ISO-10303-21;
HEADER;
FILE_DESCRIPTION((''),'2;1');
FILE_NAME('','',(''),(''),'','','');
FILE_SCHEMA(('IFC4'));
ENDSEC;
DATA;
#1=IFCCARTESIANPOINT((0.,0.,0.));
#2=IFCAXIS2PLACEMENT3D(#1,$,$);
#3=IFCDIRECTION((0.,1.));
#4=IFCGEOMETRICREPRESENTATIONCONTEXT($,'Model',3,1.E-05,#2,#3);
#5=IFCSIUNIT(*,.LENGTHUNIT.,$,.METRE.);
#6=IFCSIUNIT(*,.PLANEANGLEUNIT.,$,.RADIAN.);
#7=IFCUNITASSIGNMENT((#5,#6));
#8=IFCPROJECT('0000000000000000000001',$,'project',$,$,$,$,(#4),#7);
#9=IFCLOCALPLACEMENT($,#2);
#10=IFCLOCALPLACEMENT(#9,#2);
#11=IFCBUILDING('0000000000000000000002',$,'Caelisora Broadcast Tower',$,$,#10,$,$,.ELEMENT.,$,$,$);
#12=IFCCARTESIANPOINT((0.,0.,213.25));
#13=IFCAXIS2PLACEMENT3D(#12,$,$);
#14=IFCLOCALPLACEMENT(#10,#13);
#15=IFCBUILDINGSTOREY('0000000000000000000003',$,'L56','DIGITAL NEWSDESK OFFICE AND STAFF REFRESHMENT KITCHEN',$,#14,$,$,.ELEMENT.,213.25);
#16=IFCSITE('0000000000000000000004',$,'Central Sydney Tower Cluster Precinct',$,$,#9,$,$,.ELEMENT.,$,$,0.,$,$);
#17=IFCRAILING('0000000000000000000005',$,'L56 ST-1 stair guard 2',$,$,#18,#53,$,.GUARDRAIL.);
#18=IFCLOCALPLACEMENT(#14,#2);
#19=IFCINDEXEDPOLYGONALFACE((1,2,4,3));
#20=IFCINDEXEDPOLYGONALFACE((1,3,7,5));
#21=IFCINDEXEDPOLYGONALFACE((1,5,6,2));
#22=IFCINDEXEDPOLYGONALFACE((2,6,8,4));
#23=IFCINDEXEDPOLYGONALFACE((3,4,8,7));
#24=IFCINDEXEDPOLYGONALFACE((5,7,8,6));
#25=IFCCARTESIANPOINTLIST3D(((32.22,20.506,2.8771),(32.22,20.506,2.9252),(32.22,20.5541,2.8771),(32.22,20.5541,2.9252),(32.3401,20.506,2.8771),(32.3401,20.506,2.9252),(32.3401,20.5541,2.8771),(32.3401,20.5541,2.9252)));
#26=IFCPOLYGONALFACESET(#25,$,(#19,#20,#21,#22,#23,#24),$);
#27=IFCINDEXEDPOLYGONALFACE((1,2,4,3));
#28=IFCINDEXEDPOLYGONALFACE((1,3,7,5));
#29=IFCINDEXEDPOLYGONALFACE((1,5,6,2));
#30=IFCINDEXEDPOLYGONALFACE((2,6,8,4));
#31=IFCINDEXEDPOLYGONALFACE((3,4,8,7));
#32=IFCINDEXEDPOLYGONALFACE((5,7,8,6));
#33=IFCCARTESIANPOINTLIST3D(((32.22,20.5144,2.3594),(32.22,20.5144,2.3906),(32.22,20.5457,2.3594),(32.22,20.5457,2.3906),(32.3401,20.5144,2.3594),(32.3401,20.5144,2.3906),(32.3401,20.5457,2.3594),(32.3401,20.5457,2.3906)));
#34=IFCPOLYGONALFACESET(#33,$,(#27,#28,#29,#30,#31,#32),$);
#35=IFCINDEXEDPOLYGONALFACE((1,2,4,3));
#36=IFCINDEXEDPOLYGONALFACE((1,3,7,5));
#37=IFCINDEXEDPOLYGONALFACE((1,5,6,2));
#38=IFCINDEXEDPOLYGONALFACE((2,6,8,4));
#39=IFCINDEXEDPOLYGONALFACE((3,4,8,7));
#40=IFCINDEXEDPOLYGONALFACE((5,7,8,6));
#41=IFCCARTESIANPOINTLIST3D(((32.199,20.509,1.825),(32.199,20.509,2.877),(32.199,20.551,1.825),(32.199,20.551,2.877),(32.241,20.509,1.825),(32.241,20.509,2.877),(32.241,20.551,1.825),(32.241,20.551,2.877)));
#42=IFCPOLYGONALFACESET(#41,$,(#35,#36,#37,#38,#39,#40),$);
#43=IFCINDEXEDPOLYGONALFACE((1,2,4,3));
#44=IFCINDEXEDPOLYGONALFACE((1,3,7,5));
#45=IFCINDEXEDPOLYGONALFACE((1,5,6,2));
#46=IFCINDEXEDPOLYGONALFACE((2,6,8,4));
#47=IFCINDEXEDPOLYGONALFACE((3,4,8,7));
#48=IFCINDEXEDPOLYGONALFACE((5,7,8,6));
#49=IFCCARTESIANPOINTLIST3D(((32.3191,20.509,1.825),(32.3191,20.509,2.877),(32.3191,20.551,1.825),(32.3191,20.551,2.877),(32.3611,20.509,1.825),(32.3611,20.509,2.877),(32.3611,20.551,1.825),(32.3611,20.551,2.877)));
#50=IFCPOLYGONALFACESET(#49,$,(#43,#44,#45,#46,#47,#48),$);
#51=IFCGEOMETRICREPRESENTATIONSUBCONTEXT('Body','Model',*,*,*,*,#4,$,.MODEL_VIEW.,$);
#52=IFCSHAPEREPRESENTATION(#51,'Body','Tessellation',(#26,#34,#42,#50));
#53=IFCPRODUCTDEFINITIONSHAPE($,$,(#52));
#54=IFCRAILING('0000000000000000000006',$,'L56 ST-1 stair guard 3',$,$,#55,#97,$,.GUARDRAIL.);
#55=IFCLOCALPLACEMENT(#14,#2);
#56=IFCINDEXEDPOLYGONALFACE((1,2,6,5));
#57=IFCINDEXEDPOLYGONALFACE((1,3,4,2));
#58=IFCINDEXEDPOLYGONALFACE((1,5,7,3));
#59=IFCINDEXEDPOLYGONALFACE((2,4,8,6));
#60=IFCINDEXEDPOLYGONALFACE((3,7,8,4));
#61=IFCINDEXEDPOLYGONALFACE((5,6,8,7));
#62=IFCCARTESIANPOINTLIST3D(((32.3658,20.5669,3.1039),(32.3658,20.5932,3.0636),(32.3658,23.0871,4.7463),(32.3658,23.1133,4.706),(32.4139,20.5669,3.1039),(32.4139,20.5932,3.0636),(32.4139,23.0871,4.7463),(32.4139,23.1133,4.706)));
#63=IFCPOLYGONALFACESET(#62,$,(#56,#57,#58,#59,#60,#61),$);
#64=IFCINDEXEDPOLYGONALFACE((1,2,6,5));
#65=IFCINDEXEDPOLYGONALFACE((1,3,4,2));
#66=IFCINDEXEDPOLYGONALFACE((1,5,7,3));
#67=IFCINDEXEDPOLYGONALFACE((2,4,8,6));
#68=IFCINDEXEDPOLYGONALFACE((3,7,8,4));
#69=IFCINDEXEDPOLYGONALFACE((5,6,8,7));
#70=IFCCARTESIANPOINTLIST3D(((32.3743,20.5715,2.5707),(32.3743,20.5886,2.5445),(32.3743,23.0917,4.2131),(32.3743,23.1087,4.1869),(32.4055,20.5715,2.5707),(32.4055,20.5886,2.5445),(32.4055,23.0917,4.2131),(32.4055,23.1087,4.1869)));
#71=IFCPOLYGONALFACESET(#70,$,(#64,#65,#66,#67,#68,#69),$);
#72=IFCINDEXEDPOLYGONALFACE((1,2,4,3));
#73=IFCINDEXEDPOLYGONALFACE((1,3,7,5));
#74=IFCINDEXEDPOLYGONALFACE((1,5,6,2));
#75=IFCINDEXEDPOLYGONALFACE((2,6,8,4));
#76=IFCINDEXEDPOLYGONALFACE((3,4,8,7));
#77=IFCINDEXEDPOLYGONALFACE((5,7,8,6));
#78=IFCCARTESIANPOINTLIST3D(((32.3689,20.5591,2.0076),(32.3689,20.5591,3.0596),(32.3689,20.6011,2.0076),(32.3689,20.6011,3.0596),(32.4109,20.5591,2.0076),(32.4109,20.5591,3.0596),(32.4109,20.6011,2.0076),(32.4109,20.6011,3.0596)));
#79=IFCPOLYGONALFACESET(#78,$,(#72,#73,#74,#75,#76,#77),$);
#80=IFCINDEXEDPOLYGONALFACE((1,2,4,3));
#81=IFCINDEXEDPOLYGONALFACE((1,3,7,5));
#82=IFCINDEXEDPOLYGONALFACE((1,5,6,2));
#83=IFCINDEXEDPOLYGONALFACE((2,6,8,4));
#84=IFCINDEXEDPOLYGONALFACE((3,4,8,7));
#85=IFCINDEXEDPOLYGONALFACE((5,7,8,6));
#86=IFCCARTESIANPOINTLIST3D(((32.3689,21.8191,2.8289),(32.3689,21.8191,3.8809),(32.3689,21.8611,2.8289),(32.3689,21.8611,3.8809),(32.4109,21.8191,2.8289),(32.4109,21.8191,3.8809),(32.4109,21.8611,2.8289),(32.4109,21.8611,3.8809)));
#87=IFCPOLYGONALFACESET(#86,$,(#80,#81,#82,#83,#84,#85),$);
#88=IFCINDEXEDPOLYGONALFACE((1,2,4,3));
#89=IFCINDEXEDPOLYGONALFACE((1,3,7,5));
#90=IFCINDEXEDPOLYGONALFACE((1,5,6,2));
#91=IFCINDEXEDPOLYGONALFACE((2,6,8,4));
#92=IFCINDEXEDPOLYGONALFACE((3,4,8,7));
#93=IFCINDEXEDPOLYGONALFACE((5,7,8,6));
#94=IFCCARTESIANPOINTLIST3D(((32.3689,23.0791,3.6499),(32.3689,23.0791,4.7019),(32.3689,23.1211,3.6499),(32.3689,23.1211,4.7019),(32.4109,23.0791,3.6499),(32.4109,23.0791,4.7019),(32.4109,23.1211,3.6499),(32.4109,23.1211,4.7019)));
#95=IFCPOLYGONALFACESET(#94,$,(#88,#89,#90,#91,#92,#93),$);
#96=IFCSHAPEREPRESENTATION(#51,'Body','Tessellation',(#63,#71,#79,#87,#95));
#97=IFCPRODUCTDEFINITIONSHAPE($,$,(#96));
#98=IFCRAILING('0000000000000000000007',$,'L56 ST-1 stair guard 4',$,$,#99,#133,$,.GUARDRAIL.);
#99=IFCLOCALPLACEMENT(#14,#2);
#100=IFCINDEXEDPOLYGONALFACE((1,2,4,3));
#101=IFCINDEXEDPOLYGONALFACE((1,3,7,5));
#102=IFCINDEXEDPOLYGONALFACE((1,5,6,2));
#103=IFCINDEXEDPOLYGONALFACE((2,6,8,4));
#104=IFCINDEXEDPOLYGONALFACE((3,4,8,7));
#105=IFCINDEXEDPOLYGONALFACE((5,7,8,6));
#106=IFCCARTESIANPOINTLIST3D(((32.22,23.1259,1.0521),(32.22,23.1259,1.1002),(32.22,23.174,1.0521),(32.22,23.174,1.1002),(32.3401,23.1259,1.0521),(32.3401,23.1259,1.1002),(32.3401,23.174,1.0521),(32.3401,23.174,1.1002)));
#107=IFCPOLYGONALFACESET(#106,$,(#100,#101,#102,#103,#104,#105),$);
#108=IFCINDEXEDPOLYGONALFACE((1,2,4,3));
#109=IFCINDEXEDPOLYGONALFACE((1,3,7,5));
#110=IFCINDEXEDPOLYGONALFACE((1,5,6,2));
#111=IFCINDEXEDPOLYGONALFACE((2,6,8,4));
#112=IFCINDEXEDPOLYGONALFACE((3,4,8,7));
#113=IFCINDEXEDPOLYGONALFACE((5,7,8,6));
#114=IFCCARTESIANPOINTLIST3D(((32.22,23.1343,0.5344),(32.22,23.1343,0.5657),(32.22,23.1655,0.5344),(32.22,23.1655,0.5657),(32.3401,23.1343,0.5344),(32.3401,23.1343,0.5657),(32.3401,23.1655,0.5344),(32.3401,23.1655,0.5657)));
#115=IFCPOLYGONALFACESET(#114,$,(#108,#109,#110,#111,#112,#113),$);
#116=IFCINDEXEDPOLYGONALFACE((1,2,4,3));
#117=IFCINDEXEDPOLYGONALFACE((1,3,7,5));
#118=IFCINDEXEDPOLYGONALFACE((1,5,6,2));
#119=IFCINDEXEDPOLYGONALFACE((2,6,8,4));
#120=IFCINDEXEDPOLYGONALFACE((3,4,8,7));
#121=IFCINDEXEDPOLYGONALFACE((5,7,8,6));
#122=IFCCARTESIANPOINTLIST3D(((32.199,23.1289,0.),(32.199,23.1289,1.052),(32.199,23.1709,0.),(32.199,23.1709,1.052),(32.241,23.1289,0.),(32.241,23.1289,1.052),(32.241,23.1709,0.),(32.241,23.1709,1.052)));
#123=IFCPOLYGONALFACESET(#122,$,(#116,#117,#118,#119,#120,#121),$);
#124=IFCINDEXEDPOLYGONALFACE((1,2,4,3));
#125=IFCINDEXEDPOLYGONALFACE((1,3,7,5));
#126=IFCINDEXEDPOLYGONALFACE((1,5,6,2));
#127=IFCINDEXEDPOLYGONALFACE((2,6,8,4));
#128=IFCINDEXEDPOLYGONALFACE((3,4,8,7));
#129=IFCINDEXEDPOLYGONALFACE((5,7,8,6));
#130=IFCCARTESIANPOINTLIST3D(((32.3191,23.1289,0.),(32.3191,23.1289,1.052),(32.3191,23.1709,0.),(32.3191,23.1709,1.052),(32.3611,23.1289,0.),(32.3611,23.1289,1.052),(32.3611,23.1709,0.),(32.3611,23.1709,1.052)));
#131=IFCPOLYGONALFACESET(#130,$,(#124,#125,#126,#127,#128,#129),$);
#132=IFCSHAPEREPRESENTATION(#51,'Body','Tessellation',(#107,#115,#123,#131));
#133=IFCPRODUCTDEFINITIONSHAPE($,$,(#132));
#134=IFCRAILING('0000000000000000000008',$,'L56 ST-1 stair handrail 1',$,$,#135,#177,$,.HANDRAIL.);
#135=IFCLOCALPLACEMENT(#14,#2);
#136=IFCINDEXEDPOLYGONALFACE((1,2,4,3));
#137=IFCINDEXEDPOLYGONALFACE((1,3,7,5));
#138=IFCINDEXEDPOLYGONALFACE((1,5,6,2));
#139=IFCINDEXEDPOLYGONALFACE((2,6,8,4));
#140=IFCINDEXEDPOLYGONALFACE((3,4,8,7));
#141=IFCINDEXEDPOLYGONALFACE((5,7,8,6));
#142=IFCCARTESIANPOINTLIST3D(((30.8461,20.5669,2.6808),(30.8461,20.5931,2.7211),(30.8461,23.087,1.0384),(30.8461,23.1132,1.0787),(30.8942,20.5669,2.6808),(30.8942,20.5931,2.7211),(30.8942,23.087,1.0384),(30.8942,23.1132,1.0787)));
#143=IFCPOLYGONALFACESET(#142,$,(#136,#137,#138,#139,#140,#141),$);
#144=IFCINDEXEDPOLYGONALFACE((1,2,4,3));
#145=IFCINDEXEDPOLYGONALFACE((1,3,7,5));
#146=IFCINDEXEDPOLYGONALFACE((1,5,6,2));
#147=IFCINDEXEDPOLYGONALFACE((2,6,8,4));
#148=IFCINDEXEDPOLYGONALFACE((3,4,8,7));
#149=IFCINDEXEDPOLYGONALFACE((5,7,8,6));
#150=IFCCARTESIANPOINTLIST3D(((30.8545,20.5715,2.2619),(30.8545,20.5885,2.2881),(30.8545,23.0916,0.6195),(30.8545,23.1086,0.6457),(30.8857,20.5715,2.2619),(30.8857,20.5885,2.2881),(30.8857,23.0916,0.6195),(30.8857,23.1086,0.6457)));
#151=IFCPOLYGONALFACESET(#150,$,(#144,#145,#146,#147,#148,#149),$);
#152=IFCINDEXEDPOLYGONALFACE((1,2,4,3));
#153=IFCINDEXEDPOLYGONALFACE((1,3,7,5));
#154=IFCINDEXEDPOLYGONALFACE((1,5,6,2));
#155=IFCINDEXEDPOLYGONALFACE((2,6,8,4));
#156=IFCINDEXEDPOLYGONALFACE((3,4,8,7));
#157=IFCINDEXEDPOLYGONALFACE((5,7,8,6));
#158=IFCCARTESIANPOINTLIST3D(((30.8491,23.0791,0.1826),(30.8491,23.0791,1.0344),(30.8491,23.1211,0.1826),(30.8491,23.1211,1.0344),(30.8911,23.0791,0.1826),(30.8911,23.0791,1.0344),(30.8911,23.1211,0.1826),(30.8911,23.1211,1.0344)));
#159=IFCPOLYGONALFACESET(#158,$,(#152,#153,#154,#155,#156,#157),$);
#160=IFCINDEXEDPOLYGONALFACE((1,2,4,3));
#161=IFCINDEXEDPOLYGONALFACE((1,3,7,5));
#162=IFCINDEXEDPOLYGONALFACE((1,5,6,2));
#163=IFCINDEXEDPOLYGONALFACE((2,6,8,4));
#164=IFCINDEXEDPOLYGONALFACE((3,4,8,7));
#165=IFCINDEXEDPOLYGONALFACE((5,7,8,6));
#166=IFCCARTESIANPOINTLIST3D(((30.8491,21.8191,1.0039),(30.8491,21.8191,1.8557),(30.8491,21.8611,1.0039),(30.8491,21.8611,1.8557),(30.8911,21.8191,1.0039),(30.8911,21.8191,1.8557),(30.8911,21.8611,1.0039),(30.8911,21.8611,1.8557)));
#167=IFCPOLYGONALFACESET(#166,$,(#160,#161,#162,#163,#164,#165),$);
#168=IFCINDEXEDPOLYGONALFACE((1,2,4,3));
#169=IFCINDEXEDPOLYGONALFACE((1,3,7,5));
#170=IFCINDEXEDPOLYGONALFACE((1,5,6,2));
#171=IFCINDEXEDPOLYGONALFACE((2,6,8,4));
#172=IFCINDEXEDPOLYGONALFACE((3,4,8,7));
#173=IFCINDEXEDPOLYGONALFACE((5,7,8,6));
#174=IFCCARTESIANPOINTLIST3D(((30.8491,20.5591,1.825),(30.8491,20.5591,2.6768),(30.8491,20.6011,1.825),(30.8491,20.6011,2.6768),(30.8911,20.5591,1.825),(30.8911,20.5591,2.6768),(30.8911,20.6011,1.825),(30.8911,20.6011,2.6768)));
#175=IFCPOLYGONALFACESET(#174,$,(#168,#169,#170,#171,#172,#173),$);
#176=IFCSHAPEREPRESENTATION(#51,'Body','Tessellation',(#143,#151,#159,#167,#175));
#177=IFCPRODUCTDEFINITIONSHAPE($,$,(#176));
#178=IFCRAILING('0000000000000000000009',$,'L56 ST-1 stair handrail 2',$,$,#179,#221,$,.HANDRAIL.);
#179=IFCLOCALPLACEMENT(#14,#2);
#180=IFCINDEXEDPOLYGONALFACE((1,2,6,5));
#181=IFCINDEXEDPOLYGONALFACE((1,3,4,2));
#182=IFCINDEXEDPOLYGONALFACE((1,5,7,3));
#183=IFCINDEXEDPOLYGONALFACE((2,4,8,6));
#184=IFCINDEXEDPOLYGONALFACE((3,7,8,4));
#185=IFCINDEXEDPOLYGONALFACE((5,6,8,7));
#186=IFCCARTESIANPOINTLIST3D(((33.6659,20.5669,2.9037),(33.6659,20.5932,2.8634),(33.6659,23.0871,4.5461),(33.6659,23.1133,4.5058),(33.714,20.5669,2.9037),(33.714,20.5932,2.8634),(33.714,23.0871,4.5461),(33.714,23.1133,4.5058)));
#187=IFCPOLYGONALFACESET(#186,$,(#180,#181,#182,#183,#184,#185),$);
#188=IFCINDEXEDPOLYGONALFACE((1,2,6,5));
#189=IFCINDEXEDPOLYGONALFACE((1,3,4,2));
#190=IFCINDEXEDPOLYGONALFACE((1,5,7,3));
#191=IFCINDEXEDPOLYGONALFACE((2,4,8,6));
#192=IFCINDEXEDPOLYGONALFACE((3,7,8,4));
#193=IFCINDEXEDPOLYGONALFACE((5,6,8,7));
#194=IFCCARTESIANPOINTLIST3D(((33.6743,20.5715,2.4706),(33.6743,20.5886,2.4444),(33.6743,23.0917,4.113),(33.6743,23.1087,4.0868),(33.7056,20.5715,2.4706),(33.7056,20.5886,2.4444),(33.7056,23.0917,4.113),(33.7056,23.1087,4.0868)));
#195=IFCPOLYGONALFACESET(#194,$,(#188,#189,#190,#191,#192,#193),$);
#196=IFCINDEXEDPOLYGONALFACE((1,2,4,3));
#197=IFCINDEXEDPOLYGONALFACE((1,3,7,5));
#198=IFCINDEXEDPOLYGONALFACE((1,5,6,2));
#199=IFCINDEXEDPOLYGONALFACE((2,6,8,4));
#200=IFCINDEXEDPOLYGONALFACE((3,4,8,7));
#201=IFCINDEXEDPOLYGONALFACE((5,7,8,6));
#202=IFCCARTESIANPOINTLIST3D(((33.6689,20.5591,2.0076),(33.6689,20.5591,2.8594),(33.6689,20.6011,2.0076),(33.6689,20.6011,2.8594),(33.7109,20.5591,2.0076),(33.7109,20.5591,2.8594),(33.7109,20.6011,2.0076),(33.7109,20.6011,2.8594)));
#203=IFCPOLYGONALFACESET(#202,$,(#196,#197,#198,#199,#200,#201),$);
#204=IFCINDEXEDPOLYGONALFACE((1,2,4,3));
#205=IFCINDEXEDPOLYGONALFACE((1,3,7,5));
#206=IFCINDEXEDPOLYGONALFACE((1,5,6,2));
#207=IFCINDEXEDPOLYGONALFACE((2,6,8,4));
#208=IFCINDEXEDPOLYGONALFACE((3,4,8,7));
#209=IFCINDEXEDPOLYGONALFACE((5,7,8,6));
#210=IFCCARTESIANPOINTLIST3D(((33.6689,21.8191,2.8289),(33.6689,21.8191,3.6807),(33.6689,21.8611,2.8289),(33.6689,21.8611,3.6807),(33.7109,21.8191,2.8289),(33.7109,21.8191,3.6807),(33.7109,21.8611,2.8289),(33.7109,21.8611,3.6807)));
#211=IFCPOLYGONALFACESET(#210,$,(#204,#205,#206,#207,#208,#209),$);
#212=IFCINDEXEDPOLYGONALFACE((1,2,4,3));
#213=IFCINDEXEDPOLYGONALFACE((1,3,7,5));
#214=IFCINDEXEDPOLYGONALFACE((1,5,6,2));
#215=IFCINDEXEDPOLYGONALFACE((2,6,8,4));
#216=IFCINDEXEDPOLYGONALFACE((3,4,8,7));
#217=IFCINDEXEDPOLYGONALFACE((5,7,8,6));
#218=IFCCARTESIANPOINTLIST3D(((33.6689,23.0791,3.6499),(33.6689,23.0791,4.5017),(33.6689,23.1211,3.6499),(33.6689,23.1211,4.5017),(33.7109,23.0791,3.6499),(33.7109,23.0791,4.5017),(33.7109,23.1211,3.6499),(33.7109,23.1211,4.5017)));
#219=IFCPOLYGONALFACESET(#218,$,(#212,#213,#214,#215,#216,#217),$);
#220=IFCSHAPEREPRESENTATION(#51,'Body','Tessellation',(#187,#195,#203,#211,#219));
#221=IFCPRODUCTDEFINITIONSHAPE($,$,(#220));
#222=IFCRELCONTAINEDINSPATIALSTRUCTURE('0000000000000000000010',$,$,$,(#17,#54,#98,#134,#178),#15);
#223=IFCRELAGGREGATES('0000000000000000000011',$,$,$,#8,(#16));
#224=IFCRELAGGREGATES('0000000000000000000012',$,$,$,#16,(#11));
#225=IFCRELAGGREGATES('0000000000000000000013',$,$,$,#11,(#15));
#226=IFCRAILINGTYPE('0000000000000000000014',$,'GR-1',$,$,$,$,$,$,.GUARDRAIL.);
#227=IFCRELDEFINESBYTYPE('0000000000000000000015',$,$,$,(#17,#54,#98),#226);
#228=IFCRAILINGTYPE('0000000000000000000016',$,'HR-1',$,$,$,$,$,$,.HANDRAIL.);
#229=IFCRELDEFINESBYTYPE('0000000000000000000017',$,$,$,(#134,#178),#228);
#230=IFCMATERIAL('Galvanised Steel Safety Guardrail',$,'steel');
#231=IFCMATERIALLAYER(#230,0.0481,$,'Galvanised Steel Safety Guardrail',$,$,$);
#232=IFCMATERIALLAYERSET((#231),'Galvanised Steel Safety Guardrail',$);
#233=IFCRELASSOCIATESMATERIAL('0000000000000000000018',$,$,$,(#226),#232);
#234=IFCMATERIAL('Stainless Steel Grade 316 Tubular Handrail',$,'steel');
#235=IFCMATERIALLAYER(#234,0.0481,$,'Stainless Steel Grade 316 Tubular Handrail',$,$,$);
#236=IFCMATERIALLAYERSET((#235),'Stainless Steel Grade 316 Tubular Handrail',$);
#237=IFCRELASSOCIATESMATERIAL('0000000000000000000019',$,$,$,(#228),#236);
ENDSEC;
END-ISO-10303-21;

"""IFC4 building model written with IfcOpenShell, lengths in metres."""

from ifc_helpers import new_model, si_unit, direction, frame, origin, origin_2d, place, context, subcontext, project, spatial, rectangle, extrude, material, layer, layer_set, type_object, element, save


model = new_model("IFC4")

# Units and contexts
model_context = context("Model", 3, precision=1e-05, world=origin(), true_north=direction((0.0, 1.0)))
body_context = subcontext(model_context, "Body", "Model", "MODEL_VIEW")
ifc_project = project(units=[si_unit("LENGTHUNIT", "METRE"), si_unit("PLANEANGLEUNIT", "RADIAN")], contexts=[model_context])

# Site, building, storey
site_placement = place(None, origin())
site = spatial("IfcSite", under=ifc_project, at=site_placement, Name="Central Sydney Tower Cluster Precinct", CompositionType="ELEMENT", RefElevation=0.0)
building_placement = place(site_placement, origin())
building = spatial("IfcBuilding", under=site, at=building_placement, Name="Caelisora Broadcast Tower", CompositionType="ELEMENT")
storey_placement = place(building_placement, frame((0.0, 0.0, 213.25)))
storey = spatial("IfcBuildingStorey", under=building, at=storey_placement, Name="L56", Description="DIGITAL NEWSDESK OFFICE AND STAFF REFRESHMENT KITCHEN", CompositionType="ELEMENT", Elevation=213.25)

# Railings
ifc_material_1 = material(Name="Galvanised Steel Safety Guardrail", Category="steel")
ifc_layer_1 = layer(ifc_material_1, 0.0481, Name="Galvanised Steel Safety Guardrail")
ifc_layer_set_1 = layer_set([ifc_layer_1], Name="Galvanised Steel Safety Guardrail")
railing_type_1 = type_object("IfcRailingType", Name="GR-1", PredefinedType="GUARDRAIL", material=ifc_layer_set_1)
railing_1_placement = place(storey_placement, frame((32.22, 20.53, 1.825)))
element("IfcRailing", 1, at=railing_1_placement, inside=storey, type_object=railing_type_1, Name="L56 ST-1 stair guard 2", PredefinedType="GUARDRAIL", context=body_context, shape_type="SweptSolid", body=[
    extrude(rectangle(XDim=0.0481, YDim=0.0481, at=origin_2d()), frame((0.0, 0.0, 1.0762), z_axis=(1.0, 0.0, 0.0), x_axis=(0.0, 1.0, 0.0)), (0.0, 0.0, 1.0), 0.1201),
    extrude(rectangle(XDim=0.0312, YDim=0.0312, at=origin_2d()), frame((0.0, 0.0, 0.55), z_axis=(1.0, 0.0, 0.0), x_axis=(0.0, 1.0, 0.0)), (0.0, 0.0, 1.0), 0.1201),
    extrude(rectangle(XDim=0.042, YDim=0.042, at=origin_2d()), origin(), (0.0, 0.0, 1.0), 1.052),
    extrude(rectangle(XDim=0.042, YDim=0.042, at=origin_2d()), frame((0.1201, 0.0, 0.0)), (0.0, 0.0, 1.0), 1.052),
])
railing_2_placement = place(storey_placement, frame((32.3899, 20.5801, 2.0076)))
element("IfcRailing", 2, at=railing_2_placement, inside=storey, type_object=railing_type_1, Name="L56 ST-1 stair guard 3", PredefinedType="GUARDRAIL", context=body_context, shape_type="SweptSolid", body=[
    extrude(rectangle(XDim=0.0481, YDim=0.0481, at=origin_2d()), frame((0.0, 0.0, 1.0762), z_axis=(0.0, 0.837787, 0.545998), x_axis=(-1.0, 0.0, 0.0)), (0.0, 0.0, 1.0), 3.0081),
    extrude(rectangle(XDim=0.0312, YDim=0.0312, at=origin_2d()), frame((0.0, 0.0, 0.55), z_axis=(0.0, 0.837787, 0.545998), x_axis=(-1.0, 0.0, 0.0)), (0.0, 0.0, 1.0), 3.0081),
    extrude(rectangle(XDim=0.042, YDim=0.042, at=origin_2d()), origin(), (0.0, 0.0, 1.0), 1.052),
    extrude(rectangle(XDim=0.042, YDim=0.042, at=origin_2d()), frame((0.0, 1.26, 0.8213)), (0.0, 0.0, 1.0), 1.052),
    extrude(rectangle(XDim=0.042, YDim=0.042, at=origin_2d()), frame((0.0, 2.52, 1.6423)), (0.0, 0.0, 1.0), 1.052),
])
railing_3_placement = place(storey_placement, frame((32.22, 23.1499, 0.0)))
element("IfcRailing", 3, at=railing_3_placement, inside=storey, type_object=railing_type_1, Name="L56 ST-1 stair guard 4", PredefinedType="GUARDRAIL", context=body_context, shape_type="SweptSolid", body=[
    extrude(rectangle(XDim=0.0481, YDim=0.0481, at=origin_2d()), frame((0.0, 0.0, 1.0762), z_axis=(1.0, 0.0, 0.0), x_axis=(0.0, 1.0, 0.0)), (0.0, 0.0, 1.0), 0.1201),
    extrude(rectangle(XDim=0.0312, YDim=0.0312, at=origin_2d()), frame((0.0, 0.0, 0.55), z_axis=(1.0, 0.0, 0.0), x_axis=(0.0, 1.0, 0.0)), (0.0, 0.0, 1.0), 0.1201),
    extrude(rectangle(XDim=0.042, YDim=0.042, at=origin_2d()), origin(), (0.0, 0.0, 1.0), 1.052),
    extrude(rectangle(XDim=0.042, YDim=0.042, at=origin_2d()), frame((0.1201, 0.0, 0.0)), (0.0, 0.0, 1.0), 1.052),
])
ifc_material_2 = material(Name="Stainless Steel Grade 316 Tubular Handrail", Category="steel")
ifc_layer_2 = layer(ifc_material_2, 0.0481, Name="Stainless Steel Grade 316 Tubular Handrail")
ifc_layer_set_2 = layer_set([ifc_layer_2], Name="Stainless Steel Grade 316 Tubular Handrail")
railing_type_2 = type_object("IfcRailingType", Name="HR-1", PredefinedType="HANDRAIL", material=ifc_layer_set_2)
railing_4_placement = place(storey_placement, frame((30.8701, 23.1001, 0.1826)))
element("IfcRailing", 4, at=railing_4_placement, inside=storey, type_object=railing_type_2, Name="L56 ST-1 stair handrail 1", PredefinedType="HANDRAIL", context=body_context, shape_type="SweptSolid", body=[
    extrude(rectangle(XDim=0.0481, YDim=0.0481, at=origin_2d()), frame((0.0, 0.0, 0.876), z_axis=(0.0, -0.837787, 0.545998), x_axis=(1.0, 0.0, 0.0)), (0.0, 0.0, 1.0), 3.0081),
    extrude(rectangle(XDim=0.0312, YDim=0.0312, at=origin_2d()), frame((0.0, 0.0, 0.45), z_axis=(0.0, -0.837787, 0.545998), x_axis=(1.0, 0.0, 0.0)), (0.0, 0.0, 1.0), 3.0081),
    extrude(rectangle(XDim=0.042, YDim=0.042, at=origin_2d()), origin(), (0.0, 0.0, 1.0), 0.8518),
    extrude(rectangle(XDim=0.042, YDim=0.042, at=origin_2d()), frame((0.0, -1.26, 0.8213)), (0.0, 0.0, 1.0), 0.8518),
    extrude(rectangle(XDim=0.042, YDim=0.042, at=origin_2d()), frame((0.0, -2.52, 1.6423)), (0.0, 0.0, 1.0), 0.8518),
])
railing_5_placement = place(storey_placement, frame((33.6899, 20.5801, 2.0076)))
element("IfcRailing", 5, at=railing_5_placement, inside=storey, type_object=railing_type_2, Name="L56 ST-1 stair handrail 2", PredefinedType="HANDRAIL", context=body_context, shape_type="SweptSolid", body=[
    extrude(rectangle(XDim=0.0481, YDim=0.0481, at=origin_2d()), frame((0.0, 0.0, 0.876), z_axis=(0.0, 0.837787, 0.545998), x_axis=(-1.0, 0.0, 0.0)), (0.0, 0.0, 1.0), 3.0081),
    extrude(rectangle(XDim=0.0312, YDim=0.0312, at=origin_2d()), frame((0.0, 0.0, 0.45), z_axis=(0.0, 0.837787, 0.545998), x_axis=(-1.0, 0.0, 0.0)), (0.0, 0.0, 1.0), 3.0081),
    extrude(rectangle(XDim=0.042, YDim=0.042, at=origin_2d()), origin(), (0.0, 0.0, 1.0), 0.8518),
    extrude(rectangle(XDim=0.042, YDim=0.042, at=origin_2d()), frame((0.0, 1.26, 0.8213)), (0.0, 0.0, 1.0), 0.8518),
    extrude(rectangle(XDim=0.042, YDim=0.042, at=origin_2d()), frame((0.0, 2.52, 1.6423)), (0.0, 0.0, 1.0), 0.8518),
])

save(model, "model.ifc")
